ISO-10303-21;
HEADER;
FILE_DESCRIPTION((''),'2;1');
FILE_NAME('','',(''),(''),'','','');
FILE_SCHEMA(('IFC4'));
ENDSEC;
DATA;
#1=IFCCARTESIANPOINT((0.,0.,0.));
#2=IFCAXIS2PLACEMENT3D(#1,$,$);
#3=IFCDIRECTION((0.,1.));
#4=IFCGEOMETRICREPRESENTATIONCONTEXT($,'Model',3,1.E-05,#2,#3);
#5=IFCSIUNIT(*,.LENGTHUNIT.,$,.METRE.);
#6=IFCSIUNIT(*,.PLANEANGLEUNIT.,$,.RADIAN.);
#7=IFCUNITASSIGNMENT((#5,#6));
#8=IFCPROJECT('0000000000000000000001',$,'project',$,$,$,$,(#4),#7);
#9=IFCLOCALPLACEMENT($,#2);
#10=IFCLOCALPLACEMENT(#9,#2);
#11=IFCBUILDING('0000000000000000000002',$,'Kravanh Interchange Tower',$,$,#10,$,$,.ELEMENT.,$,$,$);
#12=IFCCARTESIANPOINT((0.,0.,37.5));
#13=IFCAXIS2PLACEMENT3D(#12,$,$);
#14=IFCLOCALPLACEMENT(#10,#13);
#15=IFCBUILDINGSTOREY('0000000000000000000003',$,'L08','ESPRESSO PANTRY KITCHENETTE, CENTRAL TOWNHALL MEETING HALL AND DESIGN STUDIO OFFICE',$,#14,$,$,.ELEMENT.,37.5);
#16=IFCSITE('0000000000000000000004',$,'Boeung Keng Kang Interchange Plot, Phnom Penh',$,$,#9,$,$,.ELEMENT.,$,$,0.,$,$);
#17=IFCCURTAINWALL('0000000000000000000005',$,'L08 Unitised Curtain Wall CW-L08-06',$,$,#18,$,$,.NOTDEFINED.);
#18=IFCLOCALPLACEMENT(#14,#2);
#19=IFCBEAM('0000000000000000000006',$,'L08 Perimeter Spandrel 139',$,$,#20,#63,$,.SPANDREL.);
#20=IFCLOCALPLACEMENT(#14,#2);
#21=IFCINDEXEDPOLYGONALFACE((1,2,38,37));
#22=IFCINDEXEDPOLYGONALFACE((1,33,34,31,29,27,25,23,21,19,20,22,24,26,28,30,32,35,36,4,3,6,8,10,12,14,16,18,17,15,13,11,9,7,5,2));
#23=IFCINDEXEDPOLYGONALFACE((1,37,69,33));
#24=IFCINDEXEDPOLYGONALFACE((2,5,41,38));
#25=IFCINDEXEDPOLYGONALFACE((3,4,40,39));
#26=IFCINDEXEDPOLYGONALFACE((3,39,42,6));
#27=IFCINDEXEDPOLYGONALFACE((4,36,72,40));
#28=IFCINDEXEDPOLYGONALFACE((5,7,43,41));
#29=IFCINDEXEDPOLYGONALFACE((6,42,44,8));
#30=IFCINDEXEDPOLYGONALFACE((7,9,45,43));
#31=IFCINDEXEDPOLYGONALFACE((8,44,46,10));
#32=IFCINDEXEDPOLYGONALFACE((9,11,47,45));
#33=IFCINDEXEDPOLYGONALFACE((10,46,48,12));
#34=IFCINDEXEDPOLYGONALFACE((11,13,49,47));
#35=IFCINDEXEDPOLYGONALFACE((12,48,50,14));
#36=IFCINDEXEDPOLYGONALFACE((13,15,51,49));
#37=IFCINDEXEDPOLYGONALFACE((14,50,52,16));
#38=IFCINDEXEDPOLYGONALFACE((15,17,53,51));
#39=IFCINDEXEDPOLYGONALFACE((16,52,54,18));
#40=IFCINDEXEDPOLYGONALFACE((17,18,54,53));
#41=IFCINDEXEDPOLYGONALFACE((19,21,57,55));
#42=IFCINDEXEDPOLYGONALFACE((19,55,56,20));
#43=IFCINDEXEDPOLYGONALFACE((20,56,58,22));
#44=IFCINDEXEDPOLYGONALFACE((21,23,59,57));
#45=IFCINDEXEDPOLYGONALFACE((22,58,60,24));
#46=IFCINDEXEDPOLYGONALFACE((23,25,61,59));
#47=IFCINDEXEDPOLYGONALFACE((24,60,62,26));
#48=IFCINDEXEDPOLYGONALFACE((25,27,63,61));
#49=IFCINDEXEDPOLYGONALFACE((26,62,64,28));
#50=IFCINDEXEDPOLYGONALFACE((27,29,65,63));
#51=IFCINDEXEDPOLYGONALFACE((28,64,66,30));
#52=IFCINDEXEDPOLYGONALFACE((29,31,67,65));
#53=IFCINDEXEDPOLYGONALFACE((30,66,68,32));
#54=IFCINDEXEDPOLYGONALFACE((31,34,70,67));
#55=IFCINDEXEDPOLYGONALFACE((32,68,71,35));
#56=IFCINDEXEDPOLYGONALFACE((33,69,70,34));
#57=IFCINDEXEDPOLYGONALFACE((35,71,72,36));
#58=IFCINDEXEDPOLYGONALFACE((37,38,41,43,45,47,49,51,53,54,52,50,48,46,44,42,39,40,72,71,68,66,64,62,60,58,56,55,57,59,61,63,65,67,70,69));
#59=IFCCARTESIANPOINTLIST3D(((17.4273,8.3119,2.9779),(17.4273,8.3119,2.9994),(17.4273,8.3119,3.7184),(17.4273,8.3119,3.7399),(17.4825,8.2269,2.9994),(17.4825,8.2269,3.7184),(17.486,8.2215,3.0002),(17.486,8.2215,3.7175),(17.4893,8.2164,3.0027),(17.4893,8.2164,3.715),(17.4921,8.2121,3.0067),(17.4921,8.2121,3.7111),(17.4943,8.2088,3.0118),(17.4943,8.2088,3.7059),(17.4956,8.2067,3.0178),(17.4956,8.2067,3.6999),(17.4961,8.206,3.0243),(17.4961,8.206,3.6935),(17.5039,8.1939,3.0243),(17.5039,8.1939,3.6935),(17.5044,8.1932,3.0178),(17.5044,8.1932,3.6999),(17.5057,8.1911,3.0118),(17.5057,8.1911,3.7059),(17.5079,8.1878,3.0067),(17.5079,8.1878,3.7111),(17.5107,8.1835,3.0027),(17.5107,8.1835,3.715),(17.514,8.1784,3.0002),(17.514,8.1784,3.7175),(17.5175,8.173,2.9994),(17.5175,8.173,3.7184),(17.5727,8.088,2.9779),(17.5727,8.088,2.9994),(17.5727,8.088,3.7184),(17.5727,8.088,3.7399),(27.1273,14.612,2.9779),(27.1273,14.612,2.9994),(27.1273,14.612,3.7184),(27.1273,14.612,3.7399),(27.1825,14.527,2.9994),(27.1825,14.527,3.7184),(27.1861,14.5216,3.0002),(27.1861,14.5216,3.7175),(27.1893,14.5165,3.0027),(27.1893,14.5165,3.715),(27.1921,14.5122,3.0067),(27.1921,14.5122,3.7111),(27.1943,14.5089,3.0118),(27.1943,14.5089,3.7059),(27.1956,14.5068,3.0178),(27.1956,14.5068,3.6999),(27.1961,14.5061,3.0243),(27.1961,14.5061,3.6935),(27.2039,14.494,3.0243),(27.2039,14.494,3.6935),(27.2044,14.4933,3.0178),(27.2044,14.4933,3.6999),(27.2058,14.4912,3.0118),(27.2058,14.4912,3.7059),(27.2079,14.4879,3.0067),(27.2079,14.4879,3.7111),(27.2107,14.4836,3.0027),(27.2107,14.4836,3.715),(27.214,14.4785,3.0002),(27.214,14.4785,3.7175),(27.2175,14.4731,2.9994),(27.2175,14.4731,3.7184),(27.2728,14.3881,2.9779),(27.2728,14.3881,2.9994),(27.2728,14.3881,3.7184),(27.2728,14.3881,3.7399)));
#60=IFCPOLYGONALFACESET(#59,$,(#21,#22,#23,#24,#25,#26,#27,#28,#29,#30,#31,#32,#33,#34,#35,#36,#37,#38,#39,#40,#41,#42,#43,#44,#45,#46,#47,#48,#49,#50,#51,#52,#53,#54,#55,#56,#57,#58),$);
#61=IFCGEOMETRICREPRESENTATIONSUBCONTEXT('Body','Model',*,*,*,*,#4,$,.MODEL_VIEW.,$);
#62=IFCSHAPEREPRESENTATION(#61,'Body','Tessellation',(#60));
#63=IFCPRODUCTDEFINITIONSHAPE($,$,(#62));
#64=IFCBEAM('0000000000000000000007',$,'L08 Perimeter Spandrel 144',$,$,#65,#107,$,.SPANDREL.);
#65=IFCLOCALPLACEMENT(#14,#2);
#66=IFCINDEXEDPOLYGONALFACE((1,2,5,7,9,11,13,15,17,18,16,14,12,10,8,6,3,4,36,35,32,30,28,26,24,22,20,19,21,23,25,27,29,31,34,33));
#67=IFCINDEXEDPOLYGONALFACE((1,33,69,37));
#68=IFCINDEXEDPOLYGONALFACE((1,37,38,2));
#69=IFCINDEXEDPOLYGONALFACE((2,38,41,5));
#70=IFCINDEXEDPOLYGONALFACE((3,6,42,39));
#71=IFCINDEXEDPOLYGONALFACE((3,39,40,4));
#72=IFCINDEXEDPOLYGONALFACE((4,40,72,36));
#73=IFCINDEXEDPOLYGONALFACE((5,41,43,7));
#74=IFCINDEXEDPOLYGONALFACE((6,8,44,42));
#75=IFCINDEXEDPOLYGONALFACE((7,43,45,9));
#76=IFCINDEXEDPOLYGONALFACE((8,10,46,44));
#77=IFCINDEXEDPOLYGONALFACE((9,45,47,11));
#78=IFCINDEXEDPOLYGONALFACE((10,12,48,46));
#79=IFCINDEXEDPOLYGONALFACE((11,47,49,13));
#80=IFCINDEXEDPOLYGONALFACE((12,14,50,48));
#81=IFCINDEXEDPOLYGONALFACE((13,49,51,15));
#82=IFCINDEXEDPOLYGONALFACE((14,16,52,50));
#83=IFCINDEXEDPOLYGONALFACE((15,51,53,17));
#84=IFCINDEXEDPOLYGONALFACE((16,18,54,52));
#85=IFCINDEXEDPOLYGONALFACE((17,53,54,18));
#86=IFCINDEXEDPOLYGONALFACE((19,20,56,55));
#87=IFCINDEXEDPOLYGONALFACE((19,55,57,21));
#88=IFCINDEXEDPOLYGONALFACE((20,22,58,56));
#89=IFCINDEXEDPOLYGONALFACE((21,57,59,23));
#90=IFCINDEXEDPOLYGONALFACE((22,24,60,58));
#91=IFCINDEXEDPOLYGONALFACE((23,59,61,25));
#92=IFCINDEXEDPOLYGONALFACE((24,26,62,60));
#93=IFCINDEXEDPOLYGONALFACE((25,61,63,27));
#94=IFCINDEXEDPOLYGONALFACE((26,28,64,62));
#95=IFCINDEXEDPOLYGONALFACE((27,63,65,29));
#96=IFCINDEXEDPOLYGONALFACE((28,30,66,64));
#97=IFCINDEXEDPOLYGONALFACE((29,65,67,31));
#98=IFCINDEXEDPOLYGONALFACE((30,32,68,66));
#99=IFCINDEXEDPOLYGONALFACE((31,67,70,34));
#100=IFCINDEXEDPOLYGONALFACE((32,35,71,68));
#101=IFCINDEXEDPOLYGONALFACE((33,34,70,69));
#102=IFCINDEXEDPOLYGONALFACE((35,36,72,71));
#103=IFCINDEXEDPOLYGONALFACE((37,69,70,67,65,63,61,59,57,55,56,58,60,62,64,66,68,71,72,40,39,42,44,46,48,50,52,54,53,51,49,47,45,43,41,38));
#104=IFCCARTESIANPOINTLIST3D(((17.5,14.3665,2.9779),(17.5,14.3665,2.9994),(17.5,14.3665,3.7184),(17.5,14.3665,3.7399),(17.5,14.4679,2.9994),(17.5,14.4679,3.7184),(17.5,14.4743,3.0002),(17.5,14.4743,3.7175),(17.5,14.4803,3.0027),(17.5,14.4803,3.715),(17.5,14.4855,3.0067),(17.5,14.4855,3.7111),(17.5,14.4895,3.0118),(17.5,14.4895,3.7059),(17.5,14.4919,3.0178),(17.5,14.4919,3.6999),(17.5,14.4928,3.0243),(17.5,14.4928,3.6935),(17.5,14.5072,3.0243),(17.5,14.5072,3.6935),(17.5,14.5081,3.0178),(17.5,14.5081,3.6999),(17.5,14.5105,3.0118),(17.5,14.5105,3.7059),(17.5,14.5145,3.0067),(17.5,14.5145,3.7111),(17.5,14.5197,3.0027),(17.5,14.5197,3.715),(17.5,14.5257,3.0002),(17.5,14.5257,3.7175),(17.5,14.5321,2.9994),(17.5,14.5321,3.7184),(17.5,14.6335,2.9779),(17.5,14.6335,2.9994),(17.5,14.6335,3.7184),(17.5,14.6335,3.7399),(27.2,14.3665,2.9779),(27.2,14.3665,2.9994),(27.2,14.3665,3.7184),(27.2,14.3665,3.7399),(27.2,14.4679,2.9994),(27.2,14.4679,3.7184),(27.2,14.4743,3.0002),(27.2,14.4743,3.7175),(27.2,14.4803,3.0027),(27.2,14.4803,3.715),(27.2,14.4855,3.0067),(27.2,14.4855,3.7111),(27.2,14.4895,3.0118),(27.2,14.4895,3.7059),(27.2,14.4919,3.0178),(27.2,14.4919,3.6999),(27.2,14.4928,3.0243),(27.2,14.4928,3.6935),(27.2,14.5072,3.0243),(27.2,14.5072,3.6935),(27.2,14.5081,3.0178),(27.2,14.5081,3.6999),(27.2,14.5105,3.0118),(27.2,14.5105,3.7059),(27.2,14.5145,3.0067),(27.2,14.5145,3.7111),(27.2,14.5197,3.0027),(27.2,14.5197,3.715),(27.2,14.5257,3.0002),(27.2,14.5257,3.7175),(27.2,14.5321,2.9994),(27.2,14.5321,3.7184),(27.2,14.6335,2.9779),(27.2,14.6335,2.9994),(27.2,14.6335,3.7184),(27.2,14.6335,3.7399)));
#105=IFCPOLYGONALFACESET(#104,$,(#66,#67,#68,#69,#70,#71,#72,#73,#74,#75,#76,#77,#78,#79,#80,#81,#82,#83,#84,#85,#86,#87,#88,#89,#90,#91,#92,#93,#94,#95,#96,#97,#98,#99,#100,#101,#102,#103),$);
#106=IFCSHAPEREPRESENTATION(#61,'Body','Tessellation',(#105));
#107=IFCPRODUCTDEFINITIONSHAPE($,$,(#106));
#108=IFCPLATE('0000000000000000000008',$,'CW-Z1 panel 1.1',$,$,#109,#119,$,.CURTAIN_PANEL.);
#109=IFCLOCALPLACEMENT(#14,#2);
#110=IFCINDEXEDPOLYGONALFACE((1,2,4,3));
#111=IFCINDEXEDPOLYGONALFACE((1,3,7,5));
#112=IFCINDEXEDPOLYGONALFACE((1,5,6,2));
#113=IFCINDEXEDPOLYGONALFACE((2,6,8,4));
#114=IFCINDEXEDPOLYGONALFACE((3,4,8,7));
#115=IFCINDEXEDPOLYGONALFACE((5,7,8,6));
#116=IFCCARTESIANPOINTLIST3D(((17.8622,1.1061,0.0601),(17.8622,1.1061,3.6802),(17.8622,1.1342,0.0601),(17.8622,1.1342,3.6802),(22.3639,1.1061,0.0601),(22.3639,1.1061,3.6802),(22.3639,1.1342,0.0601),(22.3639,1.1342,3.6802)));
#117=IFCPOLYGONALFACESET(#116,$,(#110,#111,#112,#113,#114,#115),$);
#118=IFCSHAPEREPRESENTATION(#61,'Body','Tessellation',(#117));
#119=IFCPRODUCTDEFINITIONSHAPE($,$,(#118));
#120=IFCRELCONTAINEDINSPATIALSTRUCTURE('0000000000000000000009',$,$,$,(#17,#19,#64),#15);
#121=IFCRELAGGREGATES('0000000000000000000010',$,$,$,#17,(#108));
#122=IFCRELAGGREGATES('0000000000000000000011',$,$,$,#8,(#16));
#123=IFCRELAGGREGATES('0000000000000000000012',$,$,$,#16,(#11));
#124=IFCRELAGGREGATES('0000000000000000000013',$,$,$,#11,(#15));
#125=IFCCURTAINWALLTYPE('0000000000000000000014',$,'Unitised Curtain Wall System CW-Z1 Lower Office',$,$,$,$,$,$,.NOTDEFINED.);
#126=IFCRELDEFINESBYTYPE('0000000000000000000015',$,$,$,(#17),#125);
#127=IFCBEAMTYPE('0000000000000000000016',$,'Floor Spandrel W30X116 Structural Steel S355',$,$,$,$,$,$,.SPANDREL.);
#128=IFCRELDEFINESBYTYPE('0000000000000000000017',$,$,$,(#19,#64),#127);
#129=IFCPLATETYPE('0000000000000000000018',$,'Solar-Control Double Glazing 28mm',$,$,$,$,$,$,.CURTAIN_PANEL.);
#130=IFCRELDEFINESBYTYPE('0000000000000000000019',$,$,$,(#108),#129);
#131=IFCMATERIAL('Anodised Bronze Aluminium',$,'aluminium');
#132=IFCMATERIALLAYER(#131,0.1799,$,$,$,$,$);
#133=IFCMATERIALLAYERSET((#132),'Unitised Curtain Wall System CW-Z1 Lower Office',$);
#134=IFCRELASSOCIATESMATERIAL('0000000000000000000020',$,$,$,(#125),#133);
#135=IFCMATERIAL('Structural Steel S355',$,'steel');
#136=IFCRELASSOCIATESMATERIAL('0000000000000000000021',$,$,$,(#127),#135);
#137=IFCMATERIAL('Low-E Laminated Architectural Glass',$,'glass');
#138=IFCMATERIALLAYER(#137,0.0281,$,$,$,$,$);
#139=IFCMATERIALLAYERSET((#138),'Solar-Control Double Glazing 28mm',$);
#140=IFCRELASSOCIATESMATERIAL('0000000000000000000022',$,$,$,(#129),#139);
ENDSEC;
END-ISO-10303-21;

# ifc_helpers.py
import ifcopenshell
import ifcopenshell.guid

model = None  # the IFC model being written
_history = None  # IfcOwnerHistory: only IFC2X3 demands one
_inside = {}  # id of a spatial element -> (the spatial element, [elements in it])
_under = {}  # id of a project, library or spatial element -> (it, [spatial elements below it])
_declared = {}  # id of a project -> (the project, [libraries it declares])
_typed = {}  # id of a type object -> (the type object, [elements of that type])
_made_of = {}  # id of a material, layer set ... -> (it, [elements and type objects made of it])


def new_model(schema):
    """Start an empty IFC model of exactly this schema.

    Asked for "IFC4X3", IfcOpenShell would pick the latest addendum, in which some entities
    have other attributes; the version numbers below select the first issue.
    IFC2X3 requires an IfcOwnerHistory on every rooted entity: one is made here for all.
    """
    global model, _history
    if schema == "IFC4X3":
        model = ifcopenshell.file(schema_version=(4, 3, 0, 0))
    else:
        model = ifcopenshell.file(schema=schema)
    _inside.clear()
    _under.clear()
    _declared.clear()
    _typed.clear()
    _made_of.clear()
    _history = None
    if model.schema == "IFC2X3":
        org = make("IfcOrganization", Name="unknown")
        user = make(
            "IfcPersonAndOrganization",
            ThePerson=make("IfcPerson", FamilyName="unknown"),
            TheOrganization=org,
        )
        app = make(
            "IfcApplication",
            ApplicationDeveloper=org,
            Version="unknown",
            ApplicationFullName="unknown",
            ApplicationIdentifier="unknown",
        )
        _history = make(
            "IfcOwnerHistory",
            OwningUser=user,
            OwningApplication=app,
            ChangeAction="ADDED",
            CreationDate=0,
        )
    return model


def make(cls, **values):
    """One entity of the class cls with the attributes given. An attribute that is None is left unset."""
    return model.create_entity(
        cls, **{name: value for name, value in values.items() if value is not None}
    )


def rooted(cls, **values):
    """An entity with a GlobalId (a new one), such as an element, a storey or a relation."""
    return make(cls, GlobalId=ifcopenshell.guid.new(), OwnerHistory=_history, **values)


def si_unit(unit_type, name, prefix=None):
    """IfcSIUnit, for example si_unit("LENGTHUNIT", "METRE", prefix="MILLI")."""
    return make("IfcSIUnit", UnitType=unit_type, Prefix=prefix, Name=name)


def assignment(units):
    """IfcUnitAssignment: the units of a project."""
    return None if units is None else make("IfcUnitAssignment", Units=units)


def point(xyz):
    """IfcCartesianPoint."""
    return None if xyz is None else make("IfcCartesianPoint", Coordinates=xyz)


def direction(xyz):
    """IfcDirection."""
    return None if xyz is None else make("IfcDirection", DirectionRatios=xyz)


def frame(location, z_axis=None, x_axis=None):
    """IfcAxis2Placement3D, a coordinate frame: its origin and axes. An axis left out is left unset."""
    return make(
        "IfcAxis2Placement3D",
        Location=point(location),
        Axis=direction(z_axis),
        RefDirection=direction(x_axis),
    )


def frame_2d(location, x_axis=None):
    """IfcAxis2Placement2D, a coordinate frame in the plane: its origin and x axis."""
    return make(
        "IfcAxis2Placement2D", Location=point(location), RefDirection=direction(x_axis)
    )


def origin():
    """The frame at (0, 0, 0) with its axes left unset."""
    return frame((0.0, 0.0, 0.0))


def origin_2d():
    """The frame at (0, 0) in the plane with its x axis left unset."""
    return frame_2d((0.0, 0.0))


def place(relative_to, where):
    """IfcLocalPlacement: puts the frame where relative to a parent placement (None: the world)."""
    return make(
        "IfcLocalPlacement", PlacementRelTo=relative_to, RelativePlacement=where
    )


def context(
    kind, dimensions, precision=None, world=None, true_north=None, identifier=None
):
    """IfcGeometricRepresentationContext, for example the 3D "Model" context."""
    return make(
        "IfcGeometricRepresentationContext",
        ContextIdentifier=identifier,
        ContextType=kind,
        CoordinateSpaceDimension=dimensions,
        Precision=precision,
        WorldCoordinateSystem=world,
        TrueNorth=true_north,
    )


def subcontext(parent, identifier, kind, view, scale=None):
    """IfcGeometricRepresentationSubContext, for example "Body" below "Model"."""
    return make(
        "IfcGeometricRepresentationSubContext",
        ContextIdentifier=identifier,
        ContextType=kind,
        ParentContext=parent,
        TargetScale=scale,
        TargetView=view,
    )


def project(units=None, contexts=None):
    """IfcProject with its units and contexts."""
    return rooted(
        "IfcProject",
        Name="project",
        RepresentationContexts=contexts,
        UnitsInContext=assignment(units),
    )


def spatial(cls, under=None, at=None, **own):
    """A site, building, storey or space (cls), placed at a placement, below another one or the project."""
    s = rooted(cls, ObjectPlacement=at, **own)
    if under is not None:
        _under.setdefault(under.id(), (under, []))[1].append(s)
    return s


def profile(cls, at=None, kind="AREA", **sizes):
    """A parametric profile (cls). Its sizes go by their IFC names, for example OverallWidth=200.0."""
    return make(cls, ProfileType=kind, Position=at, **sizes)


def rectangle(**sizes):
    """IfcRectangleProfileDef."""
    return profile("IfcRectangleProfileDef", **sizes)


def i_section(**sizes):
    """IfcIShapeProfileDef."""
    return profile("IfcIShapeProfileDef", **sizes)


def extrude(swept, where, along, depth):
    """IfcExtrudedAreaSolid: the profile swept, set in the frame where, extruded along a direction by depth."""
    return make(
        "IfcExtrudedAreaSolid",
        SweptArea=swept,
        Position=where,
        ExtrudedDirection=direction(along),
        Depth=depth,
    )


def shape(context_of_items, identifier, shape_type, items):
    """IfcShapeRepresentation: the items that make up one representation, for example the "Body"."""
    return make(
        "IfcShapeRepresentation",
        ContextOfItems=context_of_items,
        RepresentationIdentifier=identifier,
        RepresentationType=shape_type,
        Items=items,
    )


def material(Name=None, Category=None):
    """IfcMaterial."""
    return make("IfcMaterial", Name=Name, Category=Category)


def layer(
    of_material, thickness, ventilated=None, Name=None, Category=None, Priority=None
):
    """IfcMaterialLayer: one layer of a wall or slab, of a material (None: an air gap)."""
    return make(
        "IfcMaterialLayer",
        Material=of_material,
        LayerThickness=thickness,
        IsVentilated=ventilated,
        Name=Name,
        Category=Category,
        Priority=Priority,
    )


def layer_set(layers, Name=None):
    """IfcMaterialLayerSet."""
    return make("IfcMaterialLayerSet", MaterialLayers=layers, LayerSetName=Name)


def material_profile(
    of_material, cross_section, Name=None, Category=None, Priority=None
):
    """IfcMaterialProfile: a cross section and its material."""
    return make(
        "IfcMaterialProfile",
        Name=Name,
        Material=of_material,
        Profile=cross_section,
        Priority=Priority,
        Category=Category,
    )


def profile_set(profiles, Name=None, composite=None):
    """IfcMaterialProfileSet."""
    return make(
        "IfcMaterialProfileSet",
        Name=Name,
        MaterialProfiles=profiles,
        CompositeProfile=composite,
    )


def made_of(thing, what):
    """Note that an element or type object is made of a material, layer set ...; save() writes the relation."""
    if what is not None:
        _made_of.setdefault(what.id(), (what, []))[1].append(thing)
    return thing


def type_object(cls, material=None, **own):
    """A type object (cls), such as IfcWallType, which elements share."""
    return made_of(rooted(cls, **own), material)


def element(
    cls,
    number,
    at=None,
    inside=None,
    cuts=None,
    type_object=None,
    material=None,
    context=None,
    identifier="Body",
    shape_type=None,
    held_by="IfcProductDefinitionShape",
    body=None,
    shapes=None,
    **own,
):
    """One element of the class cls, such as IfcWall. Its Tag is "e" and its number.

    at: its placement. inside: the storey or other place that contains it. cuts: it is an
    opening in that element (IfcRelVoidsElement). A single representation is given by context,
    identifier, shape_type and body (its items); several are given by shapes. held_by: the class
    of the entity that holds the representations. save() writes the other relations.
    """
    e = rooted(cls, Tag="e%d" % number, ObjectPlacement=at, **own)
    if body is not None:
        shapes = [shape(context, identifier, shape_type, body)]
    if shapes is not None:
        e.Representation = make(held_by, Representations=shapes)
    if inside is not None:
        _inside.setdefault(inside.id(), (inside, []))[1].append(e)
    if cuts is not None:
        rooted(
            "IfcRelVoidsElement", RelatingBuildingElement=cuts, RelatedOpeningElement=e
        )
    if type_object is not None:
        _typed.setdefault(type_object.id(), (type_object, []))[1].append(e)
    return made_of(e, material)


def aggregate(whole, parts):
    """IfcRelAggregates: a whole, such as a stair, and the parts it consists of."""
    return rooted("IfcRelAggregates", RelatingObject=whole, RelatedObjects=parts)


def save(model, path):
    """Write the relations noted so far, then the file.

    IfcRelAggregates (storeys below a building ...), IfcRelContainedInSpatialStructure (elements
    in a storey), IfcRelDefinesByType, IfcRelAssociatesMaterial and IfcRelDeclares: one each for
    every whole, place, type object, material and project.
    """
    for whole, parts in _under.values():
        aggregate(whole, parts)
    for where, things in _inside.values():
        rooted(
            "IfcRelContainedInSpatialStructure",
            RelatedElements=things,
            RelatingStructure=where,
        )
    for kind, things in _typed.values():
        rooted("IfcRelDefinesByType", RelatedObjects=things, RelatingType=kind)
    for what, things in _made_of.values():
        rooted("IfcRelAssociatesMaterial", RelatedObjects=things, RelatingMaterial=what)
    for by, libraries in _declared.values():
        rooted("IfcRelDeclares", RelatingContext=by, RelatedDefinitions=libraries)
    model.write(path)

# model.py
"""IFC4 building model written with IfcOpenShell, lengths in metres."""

from ifc_helpers import new_model, si_unit, direction, frame, origin, origin_2d, place, context, subcontext, project, spatial, rectangle, i_section, extrude, material, layer, layer_set, material_profile, profile_set, type_object, element, aggregate, save


model = new_model("IFC4")

# Units and contexts
model_context = context("Model", 3, precision=1e-05, world=origin(), true_north=direction((0.0, 1.0)))
body_context = subcontext(model_context, "Body", "Model", "MODEL_VIEW")
ifc_project = project(units=[si_unit("LENGTHUNIT", "METRE"), si_unit("PLANEANGLEUNIT", "RADIAN")], contexts=[model_context])

# Site, building, storey
site_placement = place(None, origin())
site = spatial("IfcSite", under=ifc_project, at=site_placement, Name="Boeung Keng Kang Interchange Plot, Phnom Penh", CompositionType="ELEMENT", RefElevation=0.0)
building_placement = place(site_placement, origin())
building = spatial("IfcBuilding", under=site, at=building_placement, Name="Kravanh Interchange Tower", CompositionType="ELEMENT")
storey_placement = place(building_placement, frame((0.0, 0.0, 37.5)))
storey = spatial("IfcBuildingStorey", under=building, at=storey_placement, Name="L08", Description="ESPRESSO PANTRY KITCHENETTE, CENTRAL TOWNHALL MEETING HALL AND DESIGN STUDIO OFFICE", CompositionType="ELEMENT", Elevation=37.5)

# Curtain wall
ifc_material_1 = material(Name="Anodised Bronze Aluminium", Category="aluminium")
ifc_layer_1 = layer(ifc_material_1, 0.1799)
ifc_layer_set_1 = layer_set([ifc_layer_1], Name="Unitised Curtain Wall System CW-Z1 Lower Office")
curtain_wall_type = type_object("IfcCurtainWallType", Name="Unitised Curtain Wall System CW-Z1 Lower Office", PredefinedType="NOTDEFINED", material=ifc_layer_set_1)
curtain_wall_placement = place(storey_placement, origin())
curtain_wall = element("IfcCurtainWall", 1, at=curtain_wall_placement, inside=storey, type_object=curtain_wall_type, Name="L08 Unitised Curtain Wall CW-L08-06", PredefinedType="NOTDEFINED")

# Beams
ifc_material_2 = material(Name="Structural Steel S355", Category="steel")
ifc_material_profile_1 = material_profile(ifc_material_2, i_section(OverallWidth=0.2671, OverallDepth=0.762, WebThickness=0.0144, FlangeThickness=0.0215, FilletRadius=0.0249, at=origin_2d()), Name="W30X116")
ifc_profile_set_1 = profile_set([ifc_material_profile_1], Name="Structural Steel S355")
beam_type_1 = type_object("IfcBeamType", Name="Floor Spandrel W30X116 Structural Steel S355", PredefinedType="SPANDREL", material=ifc_profile_set_1)
beam_1_placement = place(storey_placement, frame((17.5, 8.2, 3.3589), z_axis=(0.838638, 0.544689, 0.0), x_axis=(-0.544689, 0.838638, 0.0)))
element("IfcBeam", 2, at=beam_1_placement, inside=storey, type_object=beam_type_1, Name="L08 Perimeter Spandrel 139", PredefinedType="SPANDREL", context=body_context, shape_type="SweptSolid", body=[
    extrude(i_section(OverallWidth=0.2671, OverallDepth=0.762, WebThickness=0.0144, FlangeThickness=0.0215, FilletRadius=0.0249, at=origin_2d()), origin(), (0.0, 0.0, 1.0), 11.5664),
])
beam_2_placement = place(storey_placement, frame((17.5, 14.5, 3.3589), z_axis=(1.0, 0.0, 0.0), x_axis=(0.0, 1.0, 0.0)))
element("IfcBeam", 3, at=beam_2_placement, inside=storey, type_object=beam_type_1, Name="L08 Perimeter Spandrel 144", PredefinedType="SPANDREL", context=body_context, shape_type="SweptSolid", body=[
    extrude(i_section(OverallWidth=0.2671, OverallDepth=0.762, WebThickness=0.0144, FlangeThickness=0.0215, FilletRadius=0.0249, at=origin_2d()), origin(), (0.0, 0.0, 1.0), 9.7),
])

# Plate
ifc_material_3 = material(Name="Low-E Laminated Architectural Glass", Category="glass")
ifc_layer_2 = layer(ifc_material_3, 0.0281)
ifc_layer_set_2 = layer_set([ifc_layer_2], Name="Solar-Control Double Glazing 28mm")
plate_type = type_object("IfcPlateType", Name="Solar-Control Double Glazing 28mm", PredefinedType="CURTAIN_PANEL", material=ifc_layer_set_2)
plate_placement = place(storey_placement, frame((20.113, 1.1201, 0.0601), z_axis=(0.0, 0.0, 1.0), x_axis=(-1.0, 0.0, 0.0)))
plate = element("IfcPlate", 4, at=plate_placement, type_object=plate_type, Name="CW-Z1 panel 1.1", PredefinedType="CURTAIN_PANEL", context=body_context, shape_type="SweptSolid", body=[
    extrude(rectangle(XDim=4.5017, YDim=0.0281, at=origin_2d()), origin(), (0.0, 0.0, 1.0), 3.6201),
])
aggregate(curtain_wall, [plate])

save(model, "model.ifc")
